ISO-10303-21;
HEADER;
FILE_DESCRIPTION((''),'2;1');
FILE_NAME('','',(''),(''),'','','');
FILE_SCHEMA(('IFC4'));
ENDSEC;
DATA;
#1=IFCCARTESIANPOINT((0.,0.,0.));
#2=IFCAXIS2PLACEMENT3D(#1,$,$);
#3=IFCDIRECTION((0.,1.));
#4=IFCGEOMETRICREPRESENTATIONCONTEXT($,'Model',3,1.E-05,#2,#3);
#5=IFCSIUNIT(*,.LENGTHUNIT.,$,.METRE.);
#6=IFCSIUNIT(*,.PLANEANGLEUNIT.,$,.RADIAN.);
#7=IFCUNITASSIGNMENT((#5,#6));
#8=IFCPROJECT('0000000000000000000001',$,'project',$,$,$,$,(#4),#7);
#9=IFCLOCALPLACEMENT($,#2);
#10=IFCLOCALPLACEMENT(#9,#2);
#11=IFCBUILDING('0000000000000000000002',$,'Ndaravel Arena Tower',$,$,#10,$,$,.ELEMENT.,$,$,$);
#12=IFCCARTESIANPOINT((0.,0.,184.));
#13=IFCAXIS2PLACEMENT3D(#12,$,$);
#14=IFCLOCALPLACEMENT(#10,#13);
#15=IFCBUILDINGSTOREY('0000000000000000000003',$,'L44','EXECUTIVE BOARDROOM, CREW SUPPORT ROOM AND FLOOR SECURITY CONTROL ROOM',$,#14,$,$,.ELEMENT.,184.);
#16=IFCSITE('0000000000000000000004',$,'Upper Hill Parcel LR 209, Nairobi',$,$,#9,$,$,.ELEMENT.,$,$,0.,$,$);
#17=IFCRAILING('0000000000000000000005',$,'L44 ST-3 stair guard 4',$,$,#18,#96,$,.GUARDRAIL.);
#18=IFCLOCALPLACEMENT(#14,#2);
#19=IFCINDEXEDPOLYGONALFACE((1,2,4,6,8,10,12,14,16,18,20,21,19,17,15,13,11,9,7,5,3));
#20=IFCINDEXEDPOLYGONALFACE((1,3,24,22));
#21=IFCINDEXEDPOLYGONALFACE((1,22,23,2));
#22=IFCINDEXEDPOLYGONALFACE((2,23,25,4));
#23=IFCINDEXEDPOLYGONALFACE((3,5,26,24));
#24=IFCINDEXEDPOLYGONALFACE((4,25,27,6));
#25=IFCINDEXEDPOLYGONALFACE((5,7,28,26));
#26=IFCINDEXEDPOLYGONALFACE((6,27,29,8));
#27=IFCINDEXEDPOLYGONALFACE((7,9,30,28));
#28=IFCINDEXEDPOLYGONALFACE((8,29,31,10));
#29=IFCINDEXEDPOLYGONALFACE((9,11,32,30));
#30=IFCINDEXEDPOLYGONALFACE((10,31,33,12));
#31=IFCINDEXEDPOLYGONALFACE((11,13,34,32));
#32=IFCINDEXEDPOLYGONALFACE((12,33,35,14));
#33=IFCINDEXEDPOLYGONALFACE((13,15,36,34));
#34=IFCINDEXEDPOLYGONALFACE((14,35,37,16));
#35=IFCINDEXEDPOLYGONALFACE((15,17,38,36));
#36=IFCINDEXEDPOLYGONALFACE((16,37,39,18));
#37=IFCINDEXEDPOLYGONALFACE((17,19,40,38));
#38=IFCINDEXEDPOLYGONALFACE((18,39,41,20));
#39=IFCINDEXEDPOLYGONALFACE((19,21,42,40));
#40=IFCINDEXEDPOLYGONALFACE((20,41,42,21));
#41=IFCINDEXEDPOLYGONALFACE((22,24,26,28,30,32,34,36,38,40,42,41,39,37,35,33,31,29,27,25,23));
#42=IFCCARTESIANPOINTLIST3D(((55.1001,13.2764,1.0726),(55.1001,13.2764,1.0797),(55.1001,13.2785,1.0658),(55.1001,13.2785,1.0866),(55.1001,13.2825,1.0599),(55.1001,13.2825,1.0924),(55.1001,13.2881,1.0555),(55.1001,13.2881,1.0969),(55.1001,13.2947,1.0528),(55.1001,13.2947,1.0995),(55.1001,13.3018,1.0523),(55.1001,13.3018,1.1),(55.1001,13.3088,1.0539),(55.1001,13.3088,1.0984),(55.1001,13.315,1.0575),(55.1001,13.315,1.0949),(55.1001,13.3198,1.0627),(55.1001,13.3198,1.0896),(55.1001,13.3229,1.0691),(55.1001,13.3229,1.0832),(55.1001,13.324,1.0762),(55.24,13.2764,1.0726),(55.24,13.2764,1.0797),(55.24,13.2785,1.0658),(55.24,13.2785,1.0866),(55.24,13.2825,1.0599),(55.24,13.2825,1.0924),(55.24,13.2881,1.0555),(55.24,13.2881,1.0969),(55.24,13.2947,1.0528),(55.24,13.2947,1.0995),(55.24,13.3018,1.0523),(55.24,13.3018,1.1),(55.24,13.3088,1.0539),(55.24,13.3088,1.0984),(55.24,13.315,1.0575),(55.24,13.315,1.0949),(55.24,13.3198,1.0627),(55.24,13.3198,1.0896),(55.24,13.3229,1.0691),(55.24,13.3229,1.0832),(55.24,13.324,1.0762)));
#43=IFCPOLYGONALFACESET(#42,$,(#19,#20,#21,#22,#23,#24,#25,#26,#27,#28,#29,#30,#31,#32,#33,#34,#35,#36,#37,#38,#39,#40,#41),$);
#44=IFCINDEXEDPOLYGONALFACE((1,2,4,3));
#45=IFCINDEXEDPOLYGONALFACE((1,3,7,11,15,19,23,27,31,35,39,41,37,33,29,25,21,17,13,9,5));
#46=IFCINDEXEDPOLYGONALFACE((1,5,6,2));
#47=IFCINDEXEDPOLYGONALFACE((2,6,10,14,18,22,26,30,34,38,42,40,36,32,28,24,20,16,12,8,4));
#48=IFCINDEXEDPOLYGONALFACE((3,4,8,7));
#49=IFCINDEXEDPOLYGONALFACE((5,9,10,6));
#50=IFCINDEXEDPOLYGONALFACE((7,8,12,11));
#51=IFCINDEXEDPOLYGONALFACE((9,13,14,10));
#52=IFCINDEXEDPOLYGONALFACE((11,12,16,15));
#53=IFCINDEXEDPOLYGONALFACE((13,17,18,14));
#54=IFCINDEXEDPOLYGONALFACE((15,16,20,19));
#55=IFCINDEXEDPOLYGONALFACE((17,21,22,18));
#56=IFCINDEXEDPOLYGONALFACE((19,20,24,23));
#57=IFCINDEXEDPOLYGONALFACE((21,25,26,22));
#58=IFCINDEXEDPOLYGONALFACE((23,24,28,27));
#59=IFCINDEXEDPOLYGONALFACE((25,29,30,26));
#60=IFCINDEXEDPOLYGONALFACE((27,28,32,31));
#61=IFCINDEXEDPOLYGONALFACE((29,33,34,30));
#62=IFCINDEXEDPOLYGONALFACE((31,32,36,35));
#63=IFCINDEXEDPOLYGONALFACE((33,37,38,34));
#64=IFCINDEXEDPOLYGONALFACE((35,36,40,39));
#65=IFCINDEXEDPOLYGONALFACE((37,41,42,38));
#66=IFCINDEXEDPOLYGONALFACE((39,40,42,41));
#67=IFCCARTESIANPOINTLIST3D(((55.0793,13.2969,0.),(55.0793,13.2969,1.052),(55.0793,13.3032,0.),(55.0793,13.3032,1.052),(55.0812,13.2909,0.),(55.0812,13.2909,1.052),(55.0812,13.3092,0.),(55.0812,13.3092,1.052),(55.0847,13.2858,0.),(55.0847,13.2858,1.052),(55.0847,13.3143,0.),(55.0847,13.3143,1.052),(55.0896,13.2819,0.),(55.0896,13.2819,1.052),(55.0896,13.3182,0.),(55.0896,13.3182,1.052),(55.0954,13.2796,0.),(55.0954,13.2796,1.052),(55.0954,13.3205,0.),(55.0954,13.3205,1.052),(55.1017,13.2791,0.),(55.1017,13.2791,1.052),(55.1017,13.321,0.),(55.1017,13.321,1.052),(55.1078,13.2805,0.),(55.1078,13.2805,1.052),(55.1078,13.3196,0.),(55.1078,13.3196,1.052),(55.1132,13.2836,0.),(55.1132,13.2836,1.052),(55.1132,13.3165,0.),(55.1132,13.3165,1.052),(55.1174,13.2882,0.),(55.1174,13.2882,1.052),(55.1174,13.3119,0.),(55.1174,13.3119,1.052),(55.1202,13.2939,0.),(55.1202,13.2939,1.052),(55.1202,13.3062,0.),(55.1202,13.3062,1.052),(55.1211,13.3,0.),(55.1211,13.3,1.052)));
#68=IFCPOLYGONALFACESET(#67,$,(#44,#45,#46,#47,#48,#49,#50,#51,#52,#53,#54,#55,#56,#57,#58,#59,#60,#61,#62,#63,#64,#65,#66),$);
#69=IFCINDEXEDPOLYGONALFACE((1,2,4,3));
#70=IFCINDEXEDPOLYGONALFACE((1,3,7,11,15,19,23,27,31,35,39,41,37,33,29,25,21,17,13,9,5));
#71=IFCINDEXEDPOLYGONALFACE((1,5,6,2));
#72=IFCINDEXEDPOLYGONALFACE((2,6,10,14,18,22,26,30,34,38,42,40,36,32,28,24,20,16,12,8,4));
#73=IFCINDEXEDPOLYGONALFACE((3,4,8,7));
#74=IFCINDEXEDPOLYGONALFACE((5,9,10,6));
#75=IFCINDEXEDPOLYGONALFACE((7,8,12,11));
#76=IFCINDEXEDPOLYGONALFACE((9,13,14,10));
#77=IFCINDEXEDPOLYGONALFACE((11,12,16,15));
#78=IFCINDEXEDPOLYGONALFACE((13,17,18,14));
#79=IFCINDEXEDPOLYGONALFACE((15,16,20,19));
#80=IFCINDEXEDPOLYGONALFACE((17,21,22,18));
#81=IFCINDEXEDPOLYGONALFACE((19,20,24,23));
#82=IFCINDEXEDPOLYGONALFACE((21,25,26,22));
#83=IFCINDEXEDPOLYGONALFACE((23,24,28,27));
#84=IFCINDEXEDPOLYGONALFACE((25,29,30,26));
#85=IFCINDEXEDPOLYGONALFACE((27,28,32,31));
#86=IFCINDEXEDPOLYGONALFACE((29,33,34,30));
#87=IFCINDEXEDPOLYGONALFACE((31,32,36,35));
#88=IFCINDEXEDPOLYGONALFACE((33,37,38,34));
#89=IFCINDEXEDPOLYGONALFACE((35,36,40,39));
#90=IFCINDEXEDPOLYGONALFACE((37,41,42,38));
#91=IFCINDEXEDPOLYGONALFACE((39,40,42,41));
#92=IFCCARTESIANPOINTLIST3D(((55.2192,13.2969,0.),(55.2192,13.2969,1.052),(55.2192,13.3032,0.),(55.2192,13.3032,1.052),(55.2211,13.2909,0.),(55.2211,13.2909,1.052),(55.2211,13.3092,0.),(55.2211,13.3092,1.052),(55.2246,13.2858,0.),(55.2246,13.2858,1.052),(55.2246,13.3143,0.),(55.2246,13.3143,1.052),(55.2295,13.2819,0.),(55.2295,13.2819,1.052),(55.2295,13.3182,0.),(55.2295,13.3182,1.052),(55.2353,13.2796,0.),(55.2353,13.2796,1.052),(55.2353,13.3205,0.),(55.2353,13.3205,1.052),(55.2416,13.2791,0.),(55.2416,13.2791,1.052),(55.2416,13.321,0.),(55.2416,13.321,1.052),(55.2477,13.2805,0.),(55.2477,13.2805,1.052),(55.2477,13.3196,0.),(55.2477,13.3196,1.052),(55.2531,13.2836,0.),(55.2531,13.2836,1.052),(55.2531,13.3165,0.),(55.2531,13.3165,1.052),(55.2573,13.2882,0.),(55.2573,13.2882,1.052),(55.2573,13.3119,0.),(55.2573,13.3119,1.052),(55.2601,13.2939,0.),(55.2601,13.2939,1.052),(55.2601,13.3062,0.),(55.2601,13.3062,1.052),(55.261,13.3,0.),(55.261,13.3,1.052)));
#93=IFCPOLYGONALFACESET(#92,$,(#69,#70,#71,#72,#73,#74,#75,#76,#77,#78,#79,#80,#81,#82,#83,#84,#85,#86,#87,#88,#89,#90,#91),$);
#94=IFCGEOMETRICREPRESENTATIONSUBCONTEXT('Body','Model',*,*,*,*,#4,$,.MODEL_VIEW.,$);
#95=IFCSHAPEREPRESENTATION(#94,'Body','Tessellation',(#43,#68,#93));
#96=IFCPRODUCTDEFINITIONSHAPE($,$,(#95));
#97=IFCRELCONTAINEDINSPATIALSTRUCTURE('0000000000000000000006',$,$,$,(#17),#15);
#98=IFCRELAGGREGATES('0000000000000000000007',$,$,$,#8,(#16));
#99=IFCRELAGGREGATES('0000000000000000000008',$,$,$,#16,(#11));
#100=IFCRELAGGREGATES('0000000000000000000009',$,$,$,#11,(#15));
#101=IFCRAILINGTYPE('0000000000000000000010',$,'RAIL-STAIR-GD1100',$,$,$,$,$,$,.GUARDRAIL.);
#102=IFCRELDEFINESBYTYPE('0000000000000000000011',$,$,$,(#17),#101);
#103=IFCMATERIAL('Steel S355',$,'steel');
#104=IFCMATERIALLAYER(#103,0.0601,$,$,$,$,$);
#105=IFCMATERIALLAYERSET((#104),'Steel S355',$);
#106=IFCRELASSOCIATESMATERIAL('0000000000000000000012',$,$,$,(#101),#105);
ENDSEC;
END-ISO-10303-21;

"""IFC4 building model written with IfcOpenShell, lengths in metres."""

from ifc_helpers import new_model, si_unit, direction, frame, origin, origin_2d, place, context, subcontext, project, spatial, circle, extrude, material, layer, layer_set, type_object, element, save


model = new_model("IFC4")

# Units and contexts
model_context = context("Model", 3, precision=1e-05, world=origin(), true_north=direction((0.0, 1.0)))
body_context = subcontext(model_context, "Body", "Model", "MODEL_VIEW")
ifc_project = project(units=[si_unit("LENGTHUNIT", "METRE"), si_unit("PLANEANGLEUNIT", "RADIAN")], contexts=[model_context])

# Site, building, storey
site_placement = place(None, origin())
site = spatial("IfcSite", under=ifc_project, at=site_placement, Name="Upper Hill Parcel LR 209, Nairobi", CompositionType="ELEMENT", RefElevation=0.0)
building_placement = place(site_placement, origin())
building = spatial("IfcBuilding", under=site, at=building_placement, Name="Ndaravel Arena Tower", CompositionType="ELEMENT")
storey_placement = place(building_placement, frame((0.0, 0.0, 184.0)))
storey = spatial("IfcBuildingStorey", under=building, at=storey_placement, Name="L44", Description="EXECUTIVE BOARDROOM, CREW SUPPORT ROOM AND FLOOR SECURITY CONTROL ROOM", CompositionType="ELEMENT", Elevation=184.0)

# Railing
ifc_material_1 = material(Name="Steel S355", Category="steel")
ifc_layer_1 = layer(ifc_material_1, 0.0601)
ifc_layer_set_1 = layer_set([ifc_layer_1], Name="Steel S355")
railing_type_1 = type_object("IfcRailingType", Name="RAIL-STAIR-GD1100", PredefinedType="GUARDRAIL", material=ifc_layer_set_1)
railing_1_placement = place(storey_placement, frame((55.1001, 13.3, 0.0)))
element("IfcRailing", 1, at=railing_1_placement, inside=storey, type_object=railing_type_1, Name="L44 ST-3 stair guard 4", PredefinedType="GUARDRAIL", context=body_context, shape_type="SweptSolid", body=[
    extrude(circle(Radius=0.0239, at=origin_2d()), frame((0.0, 0.0, 1.0762), z_axis=(1.0, 0.0, 0.0), x_axis=(0.0, 1.0, 0.0)), (0.0, 0.0, 1.0), 0.1399),
    extrude(circle(Radius=0.021, at=origin_2d()), origin(), (0.0, 0.0, 1.0), 1.052),
    extrude(circle(Radius=0.021, at=origin_2d()), frame((0.1399, 0.0, 0.0)), (0.0, 0.0, 1.0), 1.052),
])

save(model, "model.ifc")
